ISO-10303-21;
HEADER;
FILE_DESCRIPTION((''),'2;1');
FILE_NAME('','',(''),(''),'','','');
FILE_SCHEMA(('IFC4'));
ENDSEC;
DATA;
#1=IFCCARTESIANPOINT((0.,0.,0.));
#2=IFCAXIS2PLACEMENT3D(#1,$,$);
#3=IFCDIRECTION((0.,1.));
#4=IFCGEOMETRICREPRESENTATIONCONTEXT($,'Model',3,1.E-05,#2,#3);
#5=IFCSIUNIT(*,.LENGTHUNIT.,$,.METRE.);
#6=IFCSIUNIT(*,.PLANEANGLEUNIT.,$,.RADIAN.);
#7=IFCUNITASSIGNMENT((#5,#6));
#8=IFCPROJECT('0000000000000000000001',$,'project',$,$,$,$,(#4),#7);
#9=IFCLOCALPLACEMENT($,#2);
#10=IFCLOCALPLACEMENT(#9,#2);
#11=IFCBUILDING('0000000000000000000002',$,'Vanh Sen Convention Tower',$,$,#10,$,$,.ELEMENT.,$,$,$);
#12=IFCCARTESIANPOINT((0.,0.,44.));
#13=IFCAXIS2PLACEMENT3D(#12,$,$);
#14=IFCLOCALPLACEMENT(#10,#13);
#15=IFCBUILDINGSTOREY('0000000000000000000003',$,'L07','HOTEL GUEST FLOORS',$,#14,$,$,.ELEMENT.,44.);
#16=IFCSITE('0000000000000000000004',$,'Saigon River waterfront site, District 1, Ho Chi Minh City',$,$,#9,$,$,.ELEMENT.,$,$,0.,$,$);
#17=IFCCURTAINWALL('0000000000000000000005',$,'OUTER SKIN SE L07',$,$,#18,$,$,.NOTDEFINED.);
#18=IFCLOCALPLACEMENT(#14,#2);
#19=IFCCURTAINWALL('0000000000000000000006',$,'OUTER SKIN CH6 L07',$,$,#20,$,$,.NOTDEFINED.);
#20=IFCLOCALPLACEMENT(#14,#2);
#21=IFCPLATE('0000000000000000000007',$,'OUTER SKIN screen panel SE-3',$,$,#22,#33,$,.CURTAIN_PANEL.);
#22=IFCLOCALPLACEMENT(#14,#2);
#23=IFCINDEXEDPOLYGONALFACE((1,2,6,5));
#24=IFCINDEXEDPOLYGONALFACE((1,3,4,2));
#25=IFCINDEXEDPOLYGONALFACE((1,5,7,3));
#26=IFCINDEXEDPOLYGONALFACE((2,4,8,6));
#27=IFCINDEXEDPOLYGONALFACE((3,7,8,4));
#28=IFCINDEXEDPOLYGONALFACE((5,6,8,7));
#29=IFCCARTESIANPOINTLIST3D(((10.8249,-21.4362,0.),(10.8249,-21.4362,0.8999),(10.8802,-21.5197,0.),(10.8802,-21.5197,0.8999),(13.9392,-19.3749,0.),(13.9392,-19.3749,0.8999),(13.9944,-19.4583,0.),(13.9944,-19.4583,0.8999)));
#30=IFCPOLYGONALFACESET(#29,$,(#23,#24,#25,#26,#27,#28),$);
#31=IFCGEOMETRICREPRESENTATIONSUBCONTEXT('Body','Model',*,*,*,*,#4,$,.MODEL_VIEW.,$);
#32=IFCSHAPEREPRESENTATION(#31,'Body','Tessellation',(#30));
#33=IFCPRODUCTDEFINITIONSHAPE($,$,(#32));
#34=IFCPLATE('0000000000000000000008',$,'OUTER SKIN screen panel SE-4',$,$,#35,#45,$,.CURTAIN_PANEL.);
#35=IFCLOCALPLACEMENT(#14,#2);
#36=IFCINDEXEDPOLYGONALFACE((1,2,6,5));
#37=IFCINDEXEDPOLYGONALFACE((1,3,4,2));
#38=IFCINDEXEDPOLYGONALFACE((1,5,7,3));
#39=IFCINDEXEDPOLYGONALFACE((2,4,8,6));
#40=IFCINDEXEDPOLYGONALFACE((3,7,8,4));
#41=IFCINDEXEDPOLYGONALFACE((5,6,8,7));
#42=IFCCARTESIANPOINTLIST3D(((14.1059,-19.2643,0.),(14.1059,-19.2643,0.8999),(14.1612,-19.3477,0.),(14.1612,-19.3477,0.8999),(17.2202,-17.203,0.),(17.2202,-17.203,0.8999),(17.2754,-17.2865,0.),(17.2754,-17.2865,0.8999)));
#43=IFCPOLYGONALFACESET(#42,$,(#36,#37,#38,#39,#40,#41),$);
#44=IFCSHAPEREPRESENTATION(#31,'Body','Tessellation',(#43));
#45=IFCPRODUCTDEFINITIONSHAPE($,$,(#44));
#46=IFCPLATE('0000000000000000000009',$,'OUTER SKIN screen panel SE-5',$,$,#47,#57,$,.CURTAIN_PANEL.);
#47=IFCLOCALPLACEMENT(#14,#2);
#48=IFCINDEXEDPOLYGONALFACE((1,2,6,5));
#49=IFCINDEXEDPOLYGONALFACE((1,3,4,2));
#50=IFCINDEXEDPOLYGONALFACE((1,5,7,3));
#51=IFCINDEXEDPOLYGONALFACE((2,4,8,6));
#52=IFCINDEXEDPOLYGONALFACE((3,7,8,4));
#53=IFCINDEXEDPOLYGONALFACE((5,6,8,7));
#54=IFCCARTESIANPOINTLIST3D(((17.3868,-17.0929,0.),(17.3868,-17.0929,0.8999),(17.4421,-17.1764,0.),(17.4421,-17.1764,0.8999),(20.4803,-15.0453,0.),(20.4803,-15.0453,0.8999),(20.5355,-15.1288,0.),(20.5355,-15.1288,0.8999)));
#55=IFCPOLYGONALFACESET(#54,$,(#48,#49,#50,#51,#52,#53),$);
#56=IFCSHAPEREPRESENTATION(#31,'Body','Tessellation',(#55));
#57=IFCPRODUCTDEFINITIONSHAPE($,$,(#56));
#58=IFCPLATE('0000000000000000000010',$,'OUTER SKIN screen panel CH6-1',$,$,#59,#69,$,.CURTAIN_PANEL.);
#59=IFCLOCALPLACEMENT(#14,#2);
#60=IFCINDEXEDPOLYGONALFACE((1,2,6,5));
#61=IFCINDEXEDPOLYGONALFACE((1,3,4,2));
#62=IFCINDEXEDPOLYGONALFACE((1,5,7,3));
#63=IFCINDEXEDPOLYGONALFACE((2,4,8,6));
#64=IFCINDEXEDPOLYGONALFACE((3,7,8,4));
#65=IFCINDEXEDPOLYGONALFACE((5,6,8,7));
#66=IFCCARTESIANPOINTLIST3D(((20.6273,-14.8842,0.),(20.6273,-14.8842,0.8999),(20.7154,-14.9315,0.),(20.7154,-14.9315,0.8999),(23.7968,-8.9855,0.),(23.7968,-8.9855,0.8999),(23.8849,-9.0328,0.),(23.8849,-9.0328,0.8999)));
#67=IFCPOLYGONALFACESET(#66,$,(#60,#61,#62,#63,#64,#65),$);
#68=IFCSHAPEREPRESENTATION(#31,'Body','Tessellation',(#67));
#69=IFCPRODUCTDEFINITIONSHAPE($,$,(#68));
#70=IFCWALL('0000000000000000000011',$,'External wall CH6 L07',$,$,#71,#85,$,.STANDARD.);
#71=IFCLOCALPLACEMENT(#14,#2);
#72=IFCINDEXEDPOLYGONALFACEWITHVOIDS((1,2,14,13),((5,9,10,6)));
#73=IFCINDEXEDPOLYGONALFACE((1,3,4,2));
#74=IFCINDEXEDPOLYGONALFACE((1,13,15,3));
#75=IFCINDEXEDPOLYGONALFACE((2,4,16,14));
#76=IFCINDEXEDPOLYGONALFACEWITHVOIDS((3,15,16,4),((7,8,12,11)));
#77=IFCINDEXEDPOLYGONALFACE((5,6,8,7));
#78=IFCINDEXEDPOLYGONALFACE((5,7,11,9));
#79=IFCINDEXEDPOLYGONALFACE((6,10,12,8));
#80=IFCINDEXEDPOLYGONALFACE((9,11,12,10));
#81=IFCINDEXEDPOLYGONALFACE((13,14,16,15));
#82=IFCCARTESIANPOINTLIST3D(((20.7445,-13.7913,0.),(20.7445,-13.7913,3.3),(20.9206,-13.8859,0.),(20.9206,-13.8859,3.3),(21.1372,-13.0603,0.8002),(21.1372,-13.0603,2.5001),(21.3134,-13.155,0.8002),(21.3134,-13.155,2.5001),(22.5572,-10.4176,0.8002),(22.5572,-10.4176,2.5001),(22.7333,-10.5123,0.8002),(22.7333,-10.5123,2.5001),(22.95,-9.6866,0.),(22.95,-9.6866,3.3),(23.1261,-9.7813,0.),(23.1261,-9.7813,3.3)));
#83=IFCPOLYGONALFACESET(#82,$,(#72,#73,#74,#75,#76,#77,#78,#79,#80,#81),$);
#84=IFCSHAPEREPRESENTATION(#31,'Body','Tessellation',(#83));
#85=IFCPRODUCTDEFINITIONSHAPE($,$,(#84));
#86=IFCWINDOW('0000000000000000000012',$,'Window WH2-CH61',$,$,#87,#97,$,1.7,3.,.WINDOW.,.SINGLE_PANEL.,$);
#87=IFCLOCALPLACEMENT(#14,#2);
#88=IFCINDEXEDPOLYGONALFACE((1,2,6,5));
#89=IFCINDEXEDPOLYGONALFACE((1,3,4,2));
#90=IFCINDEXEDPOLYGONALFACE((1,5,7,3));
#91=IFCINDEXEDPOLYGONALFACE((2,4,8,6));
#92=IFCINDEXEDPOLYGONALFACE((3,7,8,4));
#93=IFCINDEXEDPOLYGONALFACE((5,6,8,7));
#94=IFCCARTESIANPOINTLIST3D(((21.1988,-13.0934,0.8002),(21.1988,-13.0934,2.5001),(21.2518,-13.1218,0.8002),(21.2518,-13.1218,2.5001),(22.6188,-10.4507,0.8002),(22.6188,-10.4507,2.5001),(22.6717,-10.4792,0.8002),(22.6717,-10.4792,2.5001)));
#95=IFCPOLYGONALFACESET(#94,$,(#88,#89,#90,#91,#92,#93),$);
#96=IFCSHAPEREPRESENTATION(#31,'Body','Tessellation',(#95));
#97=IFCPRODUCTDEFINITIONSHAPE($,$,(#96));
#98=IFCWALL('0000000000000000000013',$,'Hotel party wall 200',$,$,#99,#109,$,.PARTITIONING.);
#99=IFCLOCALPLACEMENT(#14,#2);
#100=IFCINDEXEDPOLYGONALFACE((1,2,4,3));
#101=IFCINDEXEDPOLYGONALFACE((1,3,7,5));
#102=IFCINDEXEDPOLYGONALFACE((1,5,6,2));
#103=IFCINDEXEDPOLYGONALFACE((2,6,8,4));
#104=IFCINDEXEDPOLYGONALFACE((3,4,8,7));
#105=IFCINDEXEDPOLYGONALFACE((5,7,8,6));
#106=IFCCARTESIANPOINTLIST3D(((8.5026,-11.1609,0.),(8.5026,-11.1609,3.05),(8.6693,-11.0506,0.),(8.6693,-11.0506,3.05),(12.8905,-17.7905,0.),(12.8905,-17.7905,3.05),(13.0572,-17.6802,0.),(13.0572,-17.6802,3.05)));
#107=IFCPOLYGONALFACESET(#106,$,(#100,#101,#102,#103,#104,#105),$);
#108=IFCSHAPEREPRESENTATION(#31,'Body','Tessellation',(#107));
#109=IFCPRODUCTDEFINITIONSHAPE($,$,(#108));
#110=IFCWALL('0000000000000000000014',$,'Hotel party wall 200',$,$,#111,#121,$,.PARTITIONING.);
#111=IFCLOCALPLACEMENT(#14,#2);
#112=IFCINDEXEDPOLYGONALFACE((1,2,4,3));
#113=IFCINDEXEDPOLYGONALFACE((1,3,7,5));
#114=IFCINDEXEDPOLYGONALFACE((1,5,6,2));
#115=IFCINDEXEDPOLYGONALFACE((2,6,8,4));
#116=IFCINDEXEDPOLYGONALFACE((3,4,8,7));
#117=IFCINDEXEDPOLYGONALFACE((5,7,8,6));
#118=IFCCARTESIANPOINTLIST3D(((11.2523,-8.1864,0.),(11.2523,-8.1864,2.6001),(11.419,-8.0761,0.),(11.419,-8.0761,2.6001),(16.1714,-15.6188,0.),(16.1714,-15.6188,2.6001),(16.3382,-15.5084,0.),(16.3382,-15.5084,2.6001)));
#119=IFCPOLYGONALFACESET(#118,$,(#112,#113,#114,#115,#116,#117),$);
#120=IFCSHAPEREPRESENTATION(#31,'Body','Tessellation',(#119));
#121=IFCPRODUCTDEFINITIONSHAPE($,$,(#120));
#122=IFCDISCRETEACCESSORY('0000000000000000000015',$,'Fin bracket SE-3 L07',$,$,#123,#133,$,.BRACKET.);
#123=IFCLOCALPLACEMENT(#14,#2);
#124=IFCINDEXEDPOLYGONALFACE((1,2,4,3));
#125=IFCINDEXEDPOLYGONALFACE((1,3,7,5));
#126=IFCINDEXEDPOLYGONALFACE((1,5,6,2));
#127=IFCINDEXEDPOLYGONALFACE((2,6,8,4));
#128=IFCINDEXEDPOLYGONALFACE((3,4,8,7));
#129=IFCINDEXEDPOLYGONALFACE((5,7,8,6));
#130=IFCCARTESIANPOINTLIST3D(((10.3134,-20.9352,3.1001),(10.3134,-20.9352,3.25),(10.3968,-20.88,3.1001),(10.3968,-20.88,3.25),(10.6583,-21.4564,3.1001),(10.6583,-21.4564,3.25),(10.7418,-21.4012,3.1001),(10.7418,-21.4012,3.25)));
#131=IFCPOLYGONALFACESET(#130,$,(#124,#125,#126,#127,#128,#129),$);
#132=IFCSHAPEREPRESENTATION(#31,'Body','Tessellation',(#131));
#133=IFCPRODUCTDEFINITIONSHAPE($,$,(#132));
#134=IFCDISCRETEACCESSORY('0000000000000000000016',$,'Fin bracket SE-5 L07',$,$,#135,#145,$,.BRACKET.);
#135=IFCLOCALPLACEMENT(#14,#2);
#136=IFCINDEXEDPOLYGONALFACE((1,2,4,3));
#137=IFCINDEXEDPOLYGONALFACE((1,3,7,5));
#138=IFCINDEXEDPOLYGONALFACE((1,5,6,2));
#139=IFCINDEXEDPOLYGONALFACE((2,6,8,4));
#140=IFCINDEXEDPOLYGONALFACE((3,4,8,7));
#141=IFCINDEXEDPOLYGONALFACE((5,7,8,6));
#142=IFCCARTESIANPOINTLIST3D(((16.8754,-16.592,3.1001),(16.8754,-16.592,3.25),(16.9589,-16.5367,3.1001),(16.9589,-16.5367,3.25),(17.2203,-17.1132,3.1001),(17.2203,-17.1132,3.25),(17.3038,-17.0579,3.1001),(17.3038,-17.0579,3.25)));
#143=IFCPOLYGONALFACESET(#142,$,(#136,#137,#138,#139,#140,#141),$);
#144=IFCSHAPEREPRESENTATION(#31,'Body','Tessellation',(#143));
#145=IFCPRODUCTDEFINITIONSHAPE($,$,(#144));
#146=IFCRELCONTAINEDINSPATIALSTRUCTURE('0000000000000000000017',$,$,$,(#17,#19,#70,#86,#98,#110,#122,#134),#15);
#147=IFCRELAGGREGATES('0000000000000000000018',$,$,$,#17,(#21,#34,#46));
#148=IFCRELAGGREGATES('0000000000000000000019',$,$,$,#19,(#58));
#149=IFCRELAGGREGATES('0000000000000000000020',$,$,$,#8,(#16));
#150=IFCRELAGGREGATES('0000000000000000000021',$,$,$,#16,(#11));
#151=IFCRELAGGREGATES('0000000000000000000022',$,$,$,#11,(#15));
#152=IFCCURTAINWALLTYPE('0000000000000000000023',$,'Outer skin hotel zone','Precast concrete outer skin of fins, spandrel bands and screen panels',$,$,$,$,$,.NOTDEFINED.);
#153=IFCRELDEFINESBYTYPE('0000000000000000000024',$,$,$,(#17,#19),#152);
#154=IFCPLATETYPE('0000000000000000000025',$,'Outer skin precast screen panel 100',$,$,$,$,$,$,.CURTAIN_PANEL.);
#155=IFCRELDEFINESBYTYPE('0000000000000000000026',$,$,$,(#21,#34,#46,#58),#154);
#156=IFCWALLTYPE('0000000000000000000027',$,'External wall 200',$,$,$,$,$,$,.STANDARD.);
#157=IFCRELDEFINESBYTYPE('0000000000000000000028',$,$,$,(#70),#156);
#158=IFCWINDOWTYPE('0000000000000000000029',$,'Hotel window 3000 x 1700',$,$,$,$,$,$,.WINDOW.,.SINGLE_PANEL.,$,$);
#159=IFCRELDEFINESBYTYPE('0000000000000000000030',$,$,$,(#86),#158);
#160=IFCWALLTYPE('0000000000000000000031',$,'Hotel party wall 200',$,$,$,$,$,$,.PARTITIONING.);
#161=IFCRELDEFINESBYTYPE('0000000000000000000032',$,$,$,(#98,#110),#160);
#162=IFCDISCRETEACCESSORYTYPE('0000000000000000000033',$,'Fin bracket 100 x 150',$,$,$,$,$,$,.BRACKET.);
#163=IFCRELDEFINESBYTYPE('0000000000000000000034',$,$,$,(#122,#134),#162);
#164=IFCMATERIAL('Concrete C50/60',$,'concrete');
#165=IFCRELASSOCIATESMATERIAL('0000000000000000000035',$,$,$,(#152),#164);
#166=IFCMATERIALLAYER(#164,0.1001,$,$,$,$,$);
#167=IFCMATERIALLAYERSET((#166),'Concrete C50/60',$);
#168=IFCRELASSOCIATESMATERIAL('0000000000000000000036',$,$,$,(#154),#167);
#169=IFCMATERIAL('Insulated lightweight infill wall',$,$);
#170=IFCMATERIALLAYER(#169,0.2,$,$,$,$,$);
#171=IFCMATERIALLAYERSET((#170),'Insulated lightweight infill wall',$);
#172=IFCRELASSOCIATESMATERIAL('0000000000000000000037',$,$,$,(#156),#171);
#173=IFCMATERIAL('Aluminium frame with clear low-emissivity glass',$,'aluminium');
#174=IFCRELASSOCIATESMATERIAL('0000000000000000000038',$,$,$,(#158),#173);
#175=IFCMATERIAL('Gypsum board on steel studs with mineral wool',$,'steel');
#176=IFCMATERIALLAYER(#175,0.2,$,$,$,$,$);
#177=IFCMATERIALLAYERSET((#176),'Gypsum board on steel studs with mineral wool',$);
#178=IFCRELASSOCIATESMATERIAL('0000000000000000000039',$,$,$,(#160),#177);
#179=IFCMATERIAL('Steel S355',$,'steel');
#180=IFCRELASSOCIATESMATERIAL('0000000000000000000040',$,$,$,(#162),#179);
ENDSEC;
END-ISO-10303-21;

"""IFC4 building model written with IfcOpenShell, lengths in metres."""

from ifc_helpers import new_model, si_unit, direction, frame, frame_2d, origin, origin_2d, place, context, subcontext, project, spatial, rectangle, extrude, material, layer, layer_set, type_object, element, fill, aggregate, save


model = new_model("IFC4")

# Units and contexts
model_context = context("Model", 3, precision=1e-05, world=origin(), true_north=direction((0.0, 1.0)))
body_context = subcontext(model_context, "Body", "Model", "MODEL_VIEW")
ifc_project = project(units=[si_unit("LENGTHUNIT", "METRE"), si_unit("PLANEANGLEUNIT", "RADIAN")], contexts=[model_context])

# Site, building, storey
site_placement = place(None, origin())
site = spatial("IfcSite", under=ifc_project, at=site_placement, Name="Saigon River waterfront site, District 1, Ho Chi Minh City", CompositionType="ELEMENT", RefElevation=0.0)
building_placement = place(site_placement, origin())
building = spatial("IfcBuilding", under=site, at=building_placement, Name="Vanh Sen Convention Tower", CompositionType="ELEMENT")
storey_placement = place(building_placement, frame((0.0, 0.0, 44.0)))
storey = spatial("IfcBuildingStorey", under=building, at=storey_placement, Name="L07", Description="HOTEL GUEST FLOORS", CompositionType="ELEMENT", Elevation=44.0)

# Curtain wall
ifc_material_1 = material(Name="Concrete C50/60", Category="concrete")
curtain_wall_type = type_object("IfcCurtainWallType", Name="Outer skin hotel zone", Description="Precast concrete outer skin of fins, spandrel bands and screen panels", PredefinedType="NOTDEFINED", material=ifc_material_1)
curtain_wall_1_placement = place(storey_placement, origin())
curtain_wall_1 = element("IfcCurtainWall", 1, at=curtain_wall_1_placement, inside=storey, type_object=curtain_wall_type, Name="OUTER SKIN SE L07", PredefinedType="NOTDEFINED")

# Curtain wall
curtain_wall_2_placement = place(storey_placement, origin())
curtain_wall_2 = element("IfcCurtainWall", 2, at=curtain_wall_2_placement, inside=storey, type_object=curtain_wall_type, Name="OUTER SKIN CH6 L07", PredefinedType="NOTDEFINED")

# Plates
ifc_layer_1 = layer(ifc_material_1, 0.1001)
ifc_layer_set_1 = layer_set([ifc_layer_1], Name="Concrete C50/60")
plate_type = type_object("IfcPlateType", Name="Outer skin precast screen panel 100", PredefinedType="CURTAIN_PANEL", material=ifc_layer_set_1)
plate_1_placement = place(storey_placement, frame((12.4097, -20.4473, 0.0), z_axis=(0.0, 0.0, 1.0), x_axis=(0.83388, 0.551946, 0.0)))
plate_1 = element("IfcPlate", 3, at=plate_1_placement, type_object=plate_type, Name="OUTER SKIN screen panel SE-3", PredefinedType="CURTAIN_PANEL", context=body_context, shape_type="SweptSolid", body=[
    extrude(rectangle(XDim=3.7346, YDim=0.1001, at=origin_2d()), origin(), (0.0, 0.0, 1.0), 0.8999),
])
plate_2_placement = place(storey_placement, frame((15.6907, -18.2754, 0.0), z_axis=(0.0, 0.0, 1.0), x_axis=(0.833892, 0.551928, 0.0)))
plate_2 = element("IfcPlate", 4, at=plate_2_placement, type_object=plate_type, Name="OUTER SKIN screen panel SE-4", PredefinedType="CURTAIN_PANEL", context=body_context, shape_type="SweptSolid", body=[
    extrude(rectangle(XDim=3.7346, YDim=0.1001, at=origin_2d()), origin(), (0.0, 0.0, 1.0), 0.8999),
])
plate_3_placement = place(storey_placement, frame((18.9612, -16.1108, 0.0), z_axis=(0.0, 0.0, 1.0), x_axis=(0.83388, 0.551946, 0.0)))
plate_3 = element("IfcPlate", 5, at=plate_3_placement, type_object=plate_type, Name="OUTER SKIN screen panel SE-5", PredefinedType="CURTAIN_PANEL", context=body_context, shape_type="SweptSolid", body=[
    extrude(rectangle(XDim=3.7097, YDim=0.1001, at=origin_2d()), origin(), (0.0, 0.0, 1.0), 0.8999),
])
aggregate(curtain_wall_1, [plate_1, plate_2, plate_3])
plate_4_placement = place(storey_placement, frame((22.2561, -11.9585, 0.0), z_axis=(0.0, 0.0, 1.0), x_axis=(0.473323, 0.880889, 0.0)))
plate_4 = element("IfcPlate", 6, at=plate_4_placement, type_object=plate_type, Name="OUTER SKIN screen panel CH6-1", PredefinedType="CURTAIN_PANEL", context=body_context, shape_type="SweptSolid", body=[
    extrude(rectangle(XDim=6.6963, YDim=0.1001, at=origin_2d()), origin(), (0.0, 0.0, 1.0), 0.8999),
])
aggregate(curtain_wall_2, [plate_4])

# Wall, opening, window
ifc_material_2 = material(Name="Insulated lightweight infill wall")
ifc_layer_2 = layer(ifc_material_2, 0.2)
ifc_layer_set_2 = layer_set([ifc_layer_2], Name="Insulated lightweight infill wall")
wall_type_1 = type_object("IfcWallType", Name="External wall 200", PredefinedType="STANDARD", material=ifc_layer_set_2)
wall_1_placement = place(storey_placement, frame((20.8325, -13.8386, 0.0), z_axis=(0.0, 0.0, 1.0), x_axis=(0.473322, 0.88089, 0.0)))
wall_1 = element("IfcWall", 7, at=wall_1_placement, inside=storey, type_object=wall_type_1, Name="External wall CH6 L07", PredefinedType="STANDARD", context=body_context, shape_type="SweptSolid", body=[
    extrude(rectangle(XDim=4.6597, YDim=0.2, at=frame_2d((2.3298, 0.0))), origin(), (0.0, 0.0, 1.0), 3.3),
])
opening_placement = place(wall_1_placement, frame((0.8298, 0.0, 0.8)))
opening = element("IfcOpeningElement", 8, at=opening_placement, cuts=wall_1, PredefinedType="OPENING", context=body_context, shape_type="SweptSolid", body=[
    extrude(rectangle(XDim=3.0, YDim=1.7, at=frame_2d((1.5, 0.8501))), frame((0.0, 0.1099, 0.0), z_axis=(0.0, -1.0, 0.0), x_axis=(1.0, 0.0, 0.0)), (0.0, 0.0, 1.0), 0.22),
])
ifc_material_3 = material(Name="Aluminium frame with clear low-emissivity glass", Category="aluminium")
window_type = type_object("IfcWindowType", Name="Hotel window 3000 x 1700", PartitioningType="SINGLE_PANEL", PredefinedType="WINDOW", material=ifc_material_3)
window_placement = place(opening_placement, origin())
window = element("IfcWindow", 9, at=window_placement, inside=storey, type_object=window_type, Name="Window WH2-CH61", OverallHeight=1.7, OverallWidth=3.0, PartitioningType="SINGLE_PANEL", PredefinedType="WINDOW", context=body_context, shape_type="SweptSolid", body=[
    extrude(rectangle(XDim=3.0, YDim=1.7, at=frame_2d((1.5, 0.8501))), frame((0.0, 0.03, 0.0), z_axis=(0.0, -1.0, 0.0), x_axis=(1.0, 0.0, 0.0)), (0.0, 0.0, 1.0), 0.0601),
])
fill(opening, window)

# Walls
ifc_material_4 = material(Name="Gypsum board on steel studs with mineral wool", Category="steel")
ifc_layer_3 = layer(ifc_material_4, 0.2)
ifc_layer_set_3 = layer_set([ifc_layer_3], Name="Gypsum board on steel studs with mineral wool")
wall_type_2 = type_object("IfcWallType", Name="Hotel party wall 200", PredefinedType="PARTITIONING", material=ifc_layer_set_3)
wall_2_placement = place(storey_placement, frame((12.9739, -17.7354, 0.0), z_axis=(0.0, 0.0, 1.0), x_axis=(-0.551926, 0.833893, 0.0)))
element("IfcWall", 10, at=wall_2_placement, inside=storey, type_object=wall_type_2, Name="Hotel party wall 200", PredefinedType="PARTITIONING", context=body_context, shape_type="SweptSolid", body=[
    extrude(rectangle(XDim=7.9502, YDim=0.2, at=frame_2d((3.9751, 0.0))), origin(), (0.0, 0.0, 1.0), 3.05),
])
wall_3_placement = place(storey_placement, frame((16.2549, -15.5637, 0.0), z_axis=(0.0, 0.0, 1.0), x_axis=(-0.551922, 0.833896, 0.0)))
element("IfcWall", 11, at=wall_3_placement, inside=storey, type_object=wall_type_2, Name="Hotel party wall 200", PredefinedType="PARTITIONING", context=body_context, shape_type="SweptSolid", body=[
    extrude(rectangle(XDim=8.9128, YDim=0.2, at=frame_2d((4.4565, 0.0))), origin(), (0.0, 0.0, 1.0), 2.6001),
])

# Discrete accessories
ifc_material_5 = material(Name="Steel S355", Category="steel")
discrete_accessory_type = type_object("IfcDiscreteAccessoryType", Name="Fin bracket 100 x 150", PredefinedType="BRACKET", material=ifc_material_5)
for number, where, z_axis, x_axis, name in (
    (12, (10.5276, -21.1682, 3.1001), (0.0, 0.0, 1.0), (0.551937, -0.833886, 0.0), "Fin bracket SE-3 L07"),
    (13, (17.0896, -16.825, 3.1001), (0.0, 0.0, 1.0), (0.551937, -0.833886, 0.0), "Fin bracket SE-5 L07"),
):
    element("IfcDiscreteAccessory", number, at=place(storey_placement, frame(where, z_axis=z_axis, x_axis=x_axis)), inside=storey, type_object=discrete_accessory_type, Name=name, PredefinedType="BRACKET", context=body_context, shape_type="SweptSolid", body=[
        extrude(rectangle(XDim=0.625, YDim=0.1001, at=origin_2d()), origin(), (0.0, 0.0, 1.0), 0.1499),
    ])

save(model, "model.ifc")
